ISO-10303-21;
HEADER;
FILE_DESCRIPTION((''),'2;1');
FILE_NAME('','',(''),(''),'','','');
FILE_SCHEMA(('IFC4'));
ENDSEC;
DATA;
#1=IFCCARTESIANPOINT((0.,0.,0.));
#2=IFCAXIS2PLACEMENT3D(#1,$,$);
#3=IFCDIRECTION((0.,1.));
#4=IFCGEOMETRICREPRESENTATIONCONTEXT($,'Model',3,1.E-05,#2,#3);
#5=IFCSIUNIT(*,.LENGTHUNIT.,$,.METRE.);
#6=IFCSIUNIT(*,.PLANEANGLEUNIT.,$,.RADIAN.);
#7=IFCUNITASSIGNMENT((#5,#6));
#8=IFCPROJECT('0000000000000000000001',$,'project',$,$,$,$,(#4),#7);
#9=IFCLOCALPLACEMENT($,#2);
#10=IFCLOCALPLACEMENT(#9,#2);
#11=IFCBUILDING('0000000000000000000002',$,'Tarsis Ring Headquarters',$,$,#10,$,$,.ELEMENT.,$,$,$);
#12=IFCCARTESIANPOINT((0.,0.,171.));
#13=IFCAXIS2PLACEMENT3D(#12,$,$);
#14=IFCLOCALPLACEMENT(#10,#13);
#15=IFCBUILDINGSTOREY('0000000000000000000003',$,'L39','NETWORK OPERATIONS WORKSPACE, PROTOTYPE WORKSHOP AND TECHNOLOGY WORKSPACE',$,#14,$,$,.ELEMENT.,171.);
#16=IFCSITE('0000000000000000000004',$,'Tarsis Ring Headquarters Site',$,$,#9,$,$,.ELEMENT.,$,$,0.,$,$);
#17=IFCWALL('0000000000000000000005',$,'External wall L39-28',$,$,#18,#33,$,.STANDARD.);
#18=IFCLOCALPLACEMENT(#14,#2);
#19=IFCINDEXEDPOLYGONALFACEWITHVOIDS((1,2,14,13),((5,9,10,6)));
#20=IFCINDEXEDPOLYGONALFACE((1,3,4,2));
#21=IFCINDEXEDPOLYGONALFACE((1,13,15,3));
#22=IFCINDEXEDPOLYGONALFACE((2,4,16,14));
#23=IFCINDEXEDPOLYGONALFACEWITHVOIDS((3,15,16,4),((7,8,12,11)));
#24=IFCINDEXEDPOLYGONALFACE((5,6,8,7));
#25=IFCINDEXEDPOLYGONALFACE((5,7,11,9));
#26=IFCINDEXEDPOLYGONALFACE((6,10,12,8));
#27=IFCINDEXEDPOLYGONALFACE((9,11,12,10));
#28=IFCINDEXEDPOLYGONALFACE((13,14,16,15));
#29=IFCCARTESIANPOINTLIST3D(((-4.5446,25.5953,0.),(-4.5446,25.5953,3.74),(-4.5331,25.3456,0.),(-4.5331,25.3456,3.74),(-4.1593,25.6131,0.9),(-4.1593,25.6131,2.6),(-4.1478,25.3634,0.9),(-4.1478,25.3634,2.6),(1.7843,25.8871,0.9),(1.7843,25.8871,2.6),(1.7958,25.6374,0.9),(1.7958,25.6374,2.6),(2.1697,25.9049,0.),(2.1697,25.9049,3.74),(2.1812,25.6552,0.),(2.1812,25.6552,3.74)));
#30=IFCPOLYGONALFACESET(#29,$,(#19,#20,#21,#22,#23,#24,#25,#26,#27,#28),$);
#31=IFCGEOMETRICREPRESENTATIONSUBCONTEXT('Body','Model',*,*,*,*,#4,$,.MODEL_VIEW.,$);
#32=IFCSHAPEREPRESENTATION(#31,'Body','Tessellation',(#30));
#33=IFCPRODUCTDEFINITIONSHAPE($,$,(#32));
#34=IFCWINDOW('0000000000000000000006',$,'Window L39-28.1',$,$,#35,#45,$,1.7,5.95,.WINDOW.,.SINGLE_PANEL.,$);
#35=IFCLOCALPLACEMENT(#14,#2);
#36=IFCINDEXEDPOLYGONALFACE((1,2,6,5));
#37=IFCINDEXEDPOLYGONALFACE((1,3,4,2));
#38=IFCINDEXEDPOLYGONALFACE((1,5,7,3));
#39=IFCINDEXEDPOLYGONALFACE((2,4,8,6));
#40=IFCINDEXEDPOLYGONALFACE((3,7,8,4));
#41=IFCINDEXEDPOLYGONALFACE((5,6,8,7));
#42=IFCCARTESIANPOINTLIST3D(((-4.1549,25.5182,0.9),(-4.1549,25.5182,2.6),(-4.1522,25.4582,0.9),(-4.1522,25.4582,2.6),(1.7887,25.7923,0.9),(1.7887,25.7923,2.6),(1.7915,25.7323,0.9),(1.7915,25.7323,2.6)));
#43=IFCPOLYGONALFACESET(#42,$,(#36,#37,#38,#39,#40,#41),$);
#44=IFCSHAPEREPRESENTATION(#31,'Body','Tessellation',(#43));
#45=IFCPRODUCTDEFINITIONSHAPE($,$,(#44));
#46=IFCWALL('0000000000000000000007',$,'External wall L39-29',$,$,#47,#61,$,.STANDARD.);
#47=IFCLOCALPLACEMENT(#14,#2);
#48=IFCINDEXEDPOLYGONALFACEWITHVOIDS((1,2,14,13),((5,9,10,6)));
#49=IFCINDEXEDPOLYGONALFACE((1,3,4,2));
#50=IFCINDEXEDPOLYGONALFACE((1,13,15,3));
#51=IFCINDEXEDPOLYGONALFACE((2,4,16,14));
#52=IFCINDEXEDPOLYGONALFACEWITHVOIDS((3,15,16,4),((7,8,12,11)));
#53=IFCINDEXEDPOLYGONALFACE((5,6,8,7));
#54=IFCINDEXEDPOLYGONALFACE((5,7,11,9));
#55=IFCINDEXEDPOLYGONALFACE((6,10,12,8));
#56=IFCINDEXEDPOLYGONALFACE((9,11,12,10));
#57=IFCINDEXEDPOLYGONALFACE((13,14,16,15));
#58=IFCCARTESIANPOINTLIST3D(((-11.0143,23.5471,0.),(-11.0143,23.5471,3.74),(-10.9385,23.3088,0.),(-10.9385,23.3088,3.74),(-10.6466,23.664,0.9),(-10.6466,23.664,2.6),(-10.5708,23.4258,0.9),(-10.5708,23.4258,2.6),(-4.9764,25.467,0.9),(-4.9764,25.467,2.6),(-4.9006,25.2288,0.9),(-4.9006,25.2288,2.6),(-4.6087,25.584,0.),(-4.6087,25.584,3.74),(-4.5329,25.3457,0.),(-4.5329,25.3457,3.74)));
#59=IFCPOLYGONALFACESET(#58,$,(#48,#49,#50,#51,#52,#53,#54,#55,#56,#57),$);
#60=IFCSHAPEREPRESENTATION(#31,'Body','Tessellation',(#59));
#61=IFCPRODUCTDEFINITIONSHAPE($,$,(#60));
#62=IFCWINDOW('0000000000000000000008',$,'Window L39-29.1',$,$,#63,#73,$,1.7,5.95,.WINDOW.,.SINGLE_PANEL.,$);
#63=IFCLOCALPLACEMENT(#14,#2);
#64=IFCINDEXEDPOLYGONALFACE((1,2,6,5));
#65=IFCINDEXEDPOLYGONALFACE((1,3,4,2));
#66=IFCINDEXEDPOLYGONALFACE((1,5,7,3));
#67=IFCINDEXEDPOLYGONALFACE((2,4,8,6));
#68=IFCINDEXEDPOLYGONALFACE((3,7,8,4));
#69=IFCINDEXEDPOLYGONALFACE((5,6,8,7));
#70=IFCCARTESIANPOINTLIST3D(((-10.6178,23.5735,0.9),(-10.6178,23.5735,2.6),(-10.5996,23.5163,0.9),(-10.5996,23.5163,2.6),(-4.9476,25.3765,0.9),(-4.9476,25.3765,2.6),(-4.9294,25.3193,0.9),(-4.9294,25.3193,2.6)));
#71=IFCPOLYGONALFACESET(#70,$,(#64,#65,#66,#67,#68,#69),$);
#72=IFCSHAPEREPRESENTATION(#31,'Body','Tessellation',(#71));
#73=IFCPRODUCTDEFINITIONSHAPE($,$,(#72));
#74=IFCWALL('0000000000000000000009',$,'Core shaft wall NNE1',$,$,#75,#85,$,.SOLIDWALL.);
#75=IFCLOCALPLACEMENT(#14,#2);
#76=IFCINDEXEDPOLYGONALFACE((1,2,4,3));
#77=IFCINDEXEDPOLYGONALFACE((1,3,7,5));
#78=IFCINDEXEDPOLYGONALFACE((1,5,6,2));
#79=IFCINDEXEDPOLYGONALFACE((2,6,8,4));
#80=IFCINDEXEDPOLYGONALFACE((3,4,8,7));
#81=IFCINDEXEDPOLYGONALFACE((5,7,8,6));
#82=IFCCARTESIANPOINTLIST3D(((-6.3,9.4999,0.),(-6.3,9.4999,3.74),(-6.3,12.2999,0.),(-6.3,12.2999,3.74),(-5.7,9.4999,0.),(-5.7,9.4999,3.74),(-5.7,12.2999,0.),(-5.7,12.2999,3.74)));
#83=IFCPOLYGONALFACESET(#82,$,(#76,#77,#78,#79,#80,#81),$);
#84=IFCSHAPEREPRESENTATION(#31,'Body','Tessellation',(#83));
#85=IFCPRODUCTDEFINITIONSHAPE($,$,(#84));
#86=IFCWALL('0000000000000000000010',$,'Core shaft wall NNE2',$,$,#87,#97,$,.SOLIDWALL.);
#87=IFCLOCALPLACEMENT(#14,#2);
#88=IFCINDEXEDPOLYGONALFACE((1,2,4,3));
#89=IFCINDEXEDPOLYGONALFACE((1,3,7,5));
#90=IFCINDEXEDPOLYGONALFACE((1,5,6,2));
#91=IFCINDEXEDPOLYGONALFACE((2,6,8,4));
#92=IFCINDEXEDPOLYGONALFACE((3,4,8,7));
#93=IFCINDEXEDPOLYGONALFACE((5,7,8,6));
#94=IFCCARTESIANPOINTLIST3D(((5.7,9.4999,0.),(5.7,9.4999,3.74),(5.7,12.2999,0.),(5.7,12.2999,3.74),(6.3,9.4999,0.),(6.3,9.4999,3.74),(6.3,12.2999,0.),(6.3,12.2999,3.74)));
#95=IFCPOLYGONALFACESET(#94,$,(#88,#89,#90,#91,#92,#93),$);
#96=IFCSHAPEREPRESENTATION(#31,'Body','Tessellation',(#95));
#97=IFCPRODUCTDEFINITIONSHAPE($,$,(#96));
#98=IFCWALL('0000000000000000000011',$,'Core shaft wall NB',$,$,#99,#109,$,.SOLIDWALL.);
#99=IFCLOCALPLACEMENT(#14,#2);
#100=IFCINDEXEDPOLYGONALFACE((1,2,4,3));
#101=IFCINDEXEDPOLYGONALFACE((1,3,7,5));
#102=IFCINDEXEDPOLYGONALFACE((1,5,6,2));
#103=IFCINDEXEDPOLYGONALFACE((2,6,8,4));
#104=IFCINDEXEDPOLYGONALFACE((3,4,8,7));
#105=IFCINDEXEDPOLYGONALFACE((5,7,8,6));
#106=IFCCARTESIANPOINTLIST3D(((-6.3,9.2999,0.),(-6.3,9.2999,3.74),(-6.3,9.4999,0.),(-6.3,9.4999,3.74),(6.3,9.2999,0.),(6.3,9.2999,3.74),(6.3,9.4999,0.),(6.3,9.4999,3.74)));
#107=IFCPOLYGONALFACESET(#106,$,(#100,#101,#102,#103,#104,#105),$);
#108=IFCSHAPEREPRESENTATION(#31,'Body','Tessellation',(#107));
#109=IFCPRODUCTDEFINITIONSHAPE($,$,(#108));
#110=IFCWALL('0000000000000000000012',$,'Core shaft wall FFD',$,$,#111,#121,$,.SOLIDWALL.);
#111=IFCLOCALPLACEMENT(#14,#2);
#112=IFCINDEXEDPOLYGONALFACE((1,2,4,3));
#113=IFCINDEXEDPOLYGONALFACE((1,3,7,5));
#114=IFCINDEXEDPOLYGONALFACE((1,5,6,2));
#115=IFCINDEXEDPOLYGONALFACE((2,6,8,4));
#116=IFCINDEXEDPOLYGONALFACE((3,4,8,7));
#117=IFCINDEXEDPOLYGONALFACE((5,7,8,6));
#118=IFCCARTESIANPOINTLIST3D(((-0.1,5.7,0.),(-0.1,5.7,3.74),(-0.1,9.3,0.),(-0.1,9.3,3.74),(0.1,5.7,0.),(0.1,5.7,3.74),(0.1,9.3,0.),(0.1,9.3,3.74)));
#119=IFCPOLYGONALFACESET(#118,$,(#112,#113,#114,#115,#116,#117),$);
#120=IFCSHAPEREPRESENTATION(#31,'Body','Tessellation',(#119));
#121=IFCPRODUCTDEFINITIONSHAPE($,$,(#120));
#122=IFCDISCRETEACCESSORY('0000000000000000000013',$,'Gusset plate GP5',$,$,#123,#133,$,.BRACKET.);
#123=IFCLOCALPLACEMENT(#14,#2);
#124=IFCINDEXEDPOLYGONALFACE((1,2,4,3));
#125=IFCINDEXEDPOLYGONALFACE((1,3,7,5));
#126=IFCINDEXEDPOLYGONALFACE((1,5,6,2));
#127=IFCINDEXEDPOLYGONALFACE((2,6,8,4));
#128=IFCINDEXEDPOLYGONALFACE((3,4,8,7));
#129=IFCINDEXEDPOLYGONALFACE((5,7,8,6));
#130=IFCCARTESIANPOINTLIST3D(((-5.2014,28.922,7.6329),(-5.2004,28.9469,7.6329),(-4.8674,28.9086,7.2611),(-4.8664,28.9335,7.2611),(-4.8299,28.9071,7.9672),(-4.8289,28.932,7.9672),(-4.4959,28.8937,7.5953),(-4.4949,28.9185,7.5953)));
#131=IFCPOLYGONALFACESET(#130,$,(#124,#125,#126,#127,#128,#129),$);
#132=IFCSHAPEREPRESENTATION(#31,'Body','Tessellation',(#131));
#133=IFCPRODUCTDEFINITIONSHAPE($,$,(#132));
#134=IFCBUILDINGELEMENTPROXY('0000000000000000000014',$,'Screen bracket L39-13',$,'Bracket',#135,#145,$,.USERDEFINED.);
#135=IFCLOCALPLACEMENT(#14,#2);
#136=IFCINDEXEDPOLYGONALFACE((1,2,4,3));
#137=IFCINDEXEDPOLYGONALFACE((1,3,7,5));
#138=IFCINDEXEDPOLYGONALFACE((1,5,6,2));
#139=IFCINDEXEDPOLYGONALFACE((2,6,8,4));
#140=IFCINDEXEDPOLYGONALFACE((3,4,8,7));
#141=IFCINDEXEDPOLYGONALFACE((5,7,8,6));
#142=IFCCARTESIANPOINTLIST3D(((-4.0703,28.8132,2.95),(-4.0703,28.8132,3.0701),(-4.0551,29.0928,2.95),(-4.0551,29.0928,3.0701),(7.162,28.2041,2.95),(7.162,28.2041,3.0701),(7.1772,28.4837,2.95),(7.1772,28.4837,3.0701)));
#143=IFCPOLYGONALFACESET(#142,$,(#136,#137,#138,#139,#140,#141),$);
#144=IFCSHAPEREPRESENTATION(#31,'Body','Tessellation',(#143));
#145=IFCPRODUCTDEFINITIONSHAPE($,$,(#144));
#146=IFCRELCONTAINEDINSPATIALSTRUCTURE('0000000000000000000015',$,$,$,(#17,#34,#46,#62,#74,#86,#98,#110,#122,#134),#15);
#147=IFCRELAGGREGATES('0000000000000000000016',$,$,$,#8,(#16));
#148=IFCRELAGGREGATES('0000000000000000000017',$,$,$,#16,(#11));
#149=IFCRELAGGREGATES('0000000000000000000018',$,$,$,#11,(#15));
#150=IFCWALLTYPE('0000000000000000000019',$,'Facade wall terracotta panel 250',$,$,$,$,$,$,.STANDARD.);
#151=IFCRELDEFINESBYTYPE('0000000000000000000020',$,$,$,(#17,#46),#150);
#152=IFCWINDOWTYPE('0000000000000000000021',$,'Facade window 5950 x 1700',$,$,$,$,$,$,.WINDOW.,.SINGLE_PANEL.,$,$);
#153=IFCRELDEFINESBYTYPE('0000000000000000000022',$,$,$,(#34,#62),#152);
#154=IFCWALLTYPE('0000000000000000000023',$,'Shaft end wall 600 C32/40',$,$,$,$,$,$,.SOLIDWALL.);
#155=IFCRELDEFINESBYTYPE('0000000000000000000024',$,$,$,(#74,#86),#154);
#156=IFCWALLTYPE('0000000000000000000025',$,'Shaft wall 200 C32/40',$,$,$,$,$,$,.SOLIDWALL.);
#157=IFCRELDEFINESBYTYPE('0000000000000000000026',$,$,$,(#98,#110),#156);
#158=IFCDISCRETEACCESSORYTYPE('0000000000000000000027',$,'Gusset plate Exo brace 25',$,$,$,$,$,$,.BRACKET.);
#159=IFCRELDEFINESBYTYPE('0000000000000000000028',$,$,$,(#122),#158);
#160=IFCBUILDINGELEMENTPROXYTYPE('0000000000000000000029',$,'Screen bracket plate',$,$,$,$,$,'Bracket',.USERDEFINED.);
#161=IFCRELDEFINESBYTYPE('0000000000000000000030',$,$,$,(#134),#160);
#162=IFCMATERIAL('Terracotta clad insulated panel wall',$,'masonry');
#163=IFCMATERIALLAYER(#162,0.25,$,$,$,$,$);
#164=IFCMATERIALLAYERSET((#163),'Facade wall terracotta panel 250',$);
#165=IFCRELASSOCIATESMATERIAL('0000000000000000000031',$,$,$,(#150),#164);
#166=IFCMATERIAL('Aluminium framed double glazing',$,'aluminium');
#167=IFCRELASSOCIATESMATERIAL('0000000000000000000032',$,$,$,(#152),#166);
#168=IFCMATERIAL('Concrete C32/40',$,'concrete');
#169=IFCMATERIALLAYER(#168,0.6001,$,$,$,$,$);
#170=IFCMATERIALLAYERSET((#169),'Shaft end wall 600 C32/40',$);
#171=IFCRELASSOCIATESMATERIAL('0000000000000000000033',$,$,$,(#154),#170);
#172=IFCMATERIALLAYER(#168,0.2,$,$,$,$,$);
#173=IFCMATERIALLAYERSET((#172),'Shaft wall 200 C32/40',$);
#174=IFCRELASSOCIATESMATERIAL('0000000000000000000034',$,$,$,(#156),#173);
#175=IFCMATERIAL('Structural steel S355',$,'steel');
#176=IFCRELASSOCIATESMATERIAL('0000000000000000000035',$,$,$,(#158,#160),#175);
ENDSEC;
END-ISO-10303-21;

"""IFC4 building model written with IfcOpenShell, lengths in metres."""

from ifc_helpers import new_model, si_unit, direction, frame, frame_2d, origin, origin_2d, place, context, subcontext, project, spatial, rectangle, extrude, material, layer, layer_set, material_profile, profile_set, type_object, element, fill, save


model = new_model("IFC4")

# Units and contexts
model_context = context("Model", 3, precision=1e-05, world=origin(), true_north=direction((0.0, 1.0)))
body_context = subcontext(model_context, "Body", "Model", "MODEL_VIEW")
ifc_project = project(units=[si_unit("LENGTHUNIT", "METRE"), si_unit("PLANEANGLEUNIT", "RADIAN")], contexts=[model_context])

# Site, building, storey
site_placement = place(None, origin())
site = spatial("IfcSite", under=ifc_project, at=site_placement, Name="Tarsis Ring Headquarters Site", CompositionType="ELEMENT", RefElevation=0.0)
building_placement = place(site_placement, origin())
building = spatial("IfcBuilding", under=site, at=building_placement, Name="Tarsis Ring Headquarters", CompositionType="ELEMENT")
storey_placement = place(building_placement, frame((0.0, 0.0, 171.0)))
storey = spatial("IfcBuildingStorey", under=building, at=storey_placement, Name="L39", Description="NETWORK OPERATIONS WORKSPACE, PROTOTYPE WORKSHOP AND TECHNOLOGY WORKSPACE", CompositionType="ELEMENT", Elevation=171.0)

# Shared definitions
ifc_material_1 = material(Name="Structural steel S355", Category="steel")

# Walls, openings, windows
ifc_material_2 = material(Name="Terracotta clad insulated panel wall", Category="masonry")
ifc_layer_1 = layer(ifc_material_2, 0.25)
ifc_layer_set_1 = layer_set([ifc_layer_1], Name="Facade wall terracotta panel 250")
wall_type_1 = type_object("IfcWallType", Name="Facade wall terracotta panel 250", PredefinedType="STANDARD", material=ifc_layer_set_1)
wall_1_placement = place(storey_placement, frame((2.1755, 25.78, 0.0), z_axis=(0.0, 0.0, 1.0), x_axis=(-0.998939, -0.046057, 0.0)))
wall_1 = element("IfcWall", 1, at=wall_1_placement, inside=storey, type_object=wall_type_1, Name="External wall L39-28", PredefinedType="STANDARD", context=body_context, shape_type="SweptSolid", body=[
    extrude(rectangle(XDim=6.7214, YDim=0.25, at=frame_2d((3.3608, 0.0))), origin(), (0.0, 0.0, 1.0), 3.74),
])
opening_1_placement = place(wall_1_placement, frame((0.3857, 0.0, 0.8999)))
opening_1 = element("IfcOpeningElement", 2, at=opening_1_placement, cuts=wall_1, PredefinedType="OPENING", context=body_context, shape_type="SweptSolid", body=[
    extrude(rectangle(XDim=5.95, YDim=1.7, at=frame_2d((2.9751, 0.8501))), frame((0.0, 0.135, 0.0), z_axis=(0.0, -1.0, 0.0), x_axis=(1.0, 0.0, 0.0)), (0.0, 0.0, 1.0), 0.27),
])
ifc_material_3 = material(Name="Aluminium framed double glazing", Category="aluminium")
window_type = type_object("IfcWindowType", Name="Facade window 5950 x 1700", PartitioningType="SINGLE_PANEL", PredefinedType="WINDOW", material=ifc_material_3)
window_1_placement = place(opening_1_placement, origin())
window_1 = element("IfcWindow", 3, at=window_1_placement, inside=storey, type_object=window_type, Name="Window L39-28.1", OverallHeight=1.7, OverallWidth=5.95, PartitioningType="SINGLE_PANEL", PredefinedType="WINDOW", context=body_context, shape_type="SweptSolid", body=[
    extrude(rectangle(XDim=5.95, YDim=1.7, at=frame_2d((2.9751, 0.8501))), frame((0.0, 0.03, 0.0), z_axis=(0.0, -1.0, 0.0), x_axis=(1.0, 0.0, 0.0)), (0.0, 0.0, 1.0), 0.0601),
])
fill(opening_1, window_1)
wall_2_placement = place(storey_placement, frame((-4.5708, 25.4648, 0.0), z_axis=(0.0, 0.0, 1.0), x_axis=(-0.95298, -0.303034, 0.0)))
wall_2 = element("IfcWall", 4, at=wall_2_placement, inside=storey, type_object=wall_type_1, Name="External wall L39-29", PredefinedType="STANDARD", context=body_context, shape_type="SweptSolid", body=[
    extrude(rectangle(XDim=6.7217, YDim=0.25, at=frame_2d((3.3608, 0.0))), origin(), (0.0, 0.0, 1.0), 3.74),
])
opening_2_placement = place(wall_2_placement, frame((0.3857, 0.0, 0.8999)))
opening_2 = element("IfcOpeningElement", 5, at=opening_2_placement, cuts=wall_2, PredefinedType="OPENING", context=body_context, shape_type="SweptSolid", body=[
    extrude(rectangle(XDim=5.95, YDim=1.7, at=frame_2d((2.9751, 0.8501))), frame((0.0, 0.135, 0.0), z_axis=(0.0, -1.0, 0.0), x_axis=(1.0, 0.0, 0.0)), (0.0, 0.0, 1.0), 0.27),
])
window_2_placement = place(opening_2_placement, origin())
window_2 = element("IfcWindow", 6, at=window_2_placement, inside=storey, type_object=window_type, Name="Window L39-29.1", OverallHeight=1.7, OverallWidth=5.95, PartitioningType="SINGLE_PANEL", PredefinedType="WINDOW", context=body_context, shape_type="SweptSolid", body=[
    extrude(rectangle(XDim=5.95, YDim=1.7, at=frame_2d((2.9751, 0.8501))), frame((0.0, 0.03, 0.0), z_axis=(0.0, -1.0, 0.0), x_axis=(1.0, 0.0, 0.0)), (0.0, 0.0, 1.0), 0.0601),
])
fill(opening_2, window_2)

# Walls
ifc_material_4 = material(Name="Concrete C32/40", Category="concrete")
ifc_layer_2 = layer(ifc_material_4, 0.6001)
ifc_layer_set_2 = layer_set([ifc_layer_2], Name="Shaft end wall 600 C32/40")
wall_type_2 = type_object("IfcWallType", Name="Shaft end wall 600 C32/40", PredefinedType="SOLIDWALL", material=ifc_layer_set_2)
for number, where, z_axis, x_axis, name in (
    (7, (-6.0, 9.5, 0.0), (0.0, 0.0, 1.0), (0.0, 1.0, 0.0), "Core shaft wall NNE1"),
    (8, (6.0, 9.5, 0.0), (0.0, 0.0, 1.0), (0.0, 1.0, 0.0), "Core shaft wall NNE2"),
):
    element("IfcWall", number, at=place(storey_placement, frame(where, z_axis=z_axis, x_axis=x_axis)), inside=storey, type_object=wall_type_2, Name=name, PredefinedType="SOLIDWALL", context=body_context, shape_type="SweptSolid", body=[
        extrude(rectangle(XDim=2.8, YDim=0.6001, at=frame_2d((1.3999, 0.0))), origin(), (0.0, 0.0, 1.0), 3.74),
    ])
ifc_layer_3 = layer(ifc_material_4, 0.2)
ifc_layer_set_3 = layer_set([ifc_layer_3], Name="Shaft wall 200 C32/40")
wall_type_3 = type_object("IfcWallType", Name="Shaft wall 200 C32/40", PredefinedType="SOLIDWALL", material=ifc_layer_set_3)
wall_3_placement = place(storey_placement, frame((-6.3, 9.3999, 0.0), z_axis=(0.0, 0.0, 1.0), x_axis=(1.0, 0.0, 0.0)))
element("IfcWall", 9, at=wall_3_placement, inside=storey, type_object=wall_type_3, Name="Core shaft wall NB", PredefinedType="SOLIDWALL", context=body_context, shape_type="SweptSolid", body=[
    extrude(rectangle(XDim=12.6001, YDim=0.2, at=frame_2d((6.3, 0.0))), origin(), (0.0, 0.0, 1.0), 3.74),
])
wall_4_placement = place(storey_placement, frame((0.0, 5.7, 0.0), z_axis=(0.0, 0.0, 1.0), x_axis=(0.0, 1.0, 0.0)))
element("IfcWall", 10, at=wall_4_placement, inside=storey, type_object=wall_type_3, Name="Core shaft wall FFD", PredefinedType="SOLIDWALL", context=body_context, shape_type="SweptSolid", body=[
    extrude(rectangle(XDim=3.6001, YDim=0.2, at=frame_2d((1.8, 0.0))), origin(), (0.0, 0.0, 1.0), 3.74),
])

# Discrete accessory
ifc_material_profile_1 = material_profile(ifc_material_1, rectangle(XDim=0.0249, YDim=0.5, at=origin_2d()), Name="PL 25x500")
ifc_profile_set_1 = profile_set([ifc_material_profile_1], Name="Structural steel S355")
discrete_accessory_type = type_object("IfcDiscreteAccessoryType", Name="Gusset plate Exo brace 25", PredefinedType="BRACKET", material=ifc_profile_set_1)
discrete_accessory_placement = place(storey_placement, frame((-5.0151, 28.927, 7.8), z_axis=(0.667995, -0.026857, -0.743681), x_axis=(0.040172, 0.999193, 0.0)))
element("IfcDiscreteAccessory", 11, at=discrete_accessory_placement, inside=storey, type_object=discrete_accessory_type, Name="Gusset plate GP5", PredefinedType="BRACKET", context=body_context, shape_type="SweptSolid", body=[
    extrude(rectangle(XDim=0.0249, YDim=0.5, at=origin_2d()), origin(), (0.0, 0.0, 1.0), 0.5),
])

# Building element proxy
building_element_proxy_type = type_object("IfcBuildingElementProxyType", Name="Screen bracket plate", ElementType="Bracket", PredefinedType="USERDEFINED", material=ifc_material_1)
proxy_placement = place(storey_placement, frame((1.5535, 28.6484, 2.95), z_axis=(0.0, 0.0, 1.0), x_axis=(-0.998533, 0.054145, 0.0)))
element("IfcBuildingElementProxy", 12, at=proxy_placement, inside=storey, type_object=building_element_proxy_type, Name="Screen bracket L39-13", ObjectType="Bracket", PredefinedType="USERDEFINED", context=body_context, shape_type="SweptSolid", body=[
    extrude(rectangle(XDim=11.2488, YDim=0.28, at=origin_2d()), origin(), (0.0, 0.0, 1.0), 0.1201),
])

save(model, "model.ifc")
